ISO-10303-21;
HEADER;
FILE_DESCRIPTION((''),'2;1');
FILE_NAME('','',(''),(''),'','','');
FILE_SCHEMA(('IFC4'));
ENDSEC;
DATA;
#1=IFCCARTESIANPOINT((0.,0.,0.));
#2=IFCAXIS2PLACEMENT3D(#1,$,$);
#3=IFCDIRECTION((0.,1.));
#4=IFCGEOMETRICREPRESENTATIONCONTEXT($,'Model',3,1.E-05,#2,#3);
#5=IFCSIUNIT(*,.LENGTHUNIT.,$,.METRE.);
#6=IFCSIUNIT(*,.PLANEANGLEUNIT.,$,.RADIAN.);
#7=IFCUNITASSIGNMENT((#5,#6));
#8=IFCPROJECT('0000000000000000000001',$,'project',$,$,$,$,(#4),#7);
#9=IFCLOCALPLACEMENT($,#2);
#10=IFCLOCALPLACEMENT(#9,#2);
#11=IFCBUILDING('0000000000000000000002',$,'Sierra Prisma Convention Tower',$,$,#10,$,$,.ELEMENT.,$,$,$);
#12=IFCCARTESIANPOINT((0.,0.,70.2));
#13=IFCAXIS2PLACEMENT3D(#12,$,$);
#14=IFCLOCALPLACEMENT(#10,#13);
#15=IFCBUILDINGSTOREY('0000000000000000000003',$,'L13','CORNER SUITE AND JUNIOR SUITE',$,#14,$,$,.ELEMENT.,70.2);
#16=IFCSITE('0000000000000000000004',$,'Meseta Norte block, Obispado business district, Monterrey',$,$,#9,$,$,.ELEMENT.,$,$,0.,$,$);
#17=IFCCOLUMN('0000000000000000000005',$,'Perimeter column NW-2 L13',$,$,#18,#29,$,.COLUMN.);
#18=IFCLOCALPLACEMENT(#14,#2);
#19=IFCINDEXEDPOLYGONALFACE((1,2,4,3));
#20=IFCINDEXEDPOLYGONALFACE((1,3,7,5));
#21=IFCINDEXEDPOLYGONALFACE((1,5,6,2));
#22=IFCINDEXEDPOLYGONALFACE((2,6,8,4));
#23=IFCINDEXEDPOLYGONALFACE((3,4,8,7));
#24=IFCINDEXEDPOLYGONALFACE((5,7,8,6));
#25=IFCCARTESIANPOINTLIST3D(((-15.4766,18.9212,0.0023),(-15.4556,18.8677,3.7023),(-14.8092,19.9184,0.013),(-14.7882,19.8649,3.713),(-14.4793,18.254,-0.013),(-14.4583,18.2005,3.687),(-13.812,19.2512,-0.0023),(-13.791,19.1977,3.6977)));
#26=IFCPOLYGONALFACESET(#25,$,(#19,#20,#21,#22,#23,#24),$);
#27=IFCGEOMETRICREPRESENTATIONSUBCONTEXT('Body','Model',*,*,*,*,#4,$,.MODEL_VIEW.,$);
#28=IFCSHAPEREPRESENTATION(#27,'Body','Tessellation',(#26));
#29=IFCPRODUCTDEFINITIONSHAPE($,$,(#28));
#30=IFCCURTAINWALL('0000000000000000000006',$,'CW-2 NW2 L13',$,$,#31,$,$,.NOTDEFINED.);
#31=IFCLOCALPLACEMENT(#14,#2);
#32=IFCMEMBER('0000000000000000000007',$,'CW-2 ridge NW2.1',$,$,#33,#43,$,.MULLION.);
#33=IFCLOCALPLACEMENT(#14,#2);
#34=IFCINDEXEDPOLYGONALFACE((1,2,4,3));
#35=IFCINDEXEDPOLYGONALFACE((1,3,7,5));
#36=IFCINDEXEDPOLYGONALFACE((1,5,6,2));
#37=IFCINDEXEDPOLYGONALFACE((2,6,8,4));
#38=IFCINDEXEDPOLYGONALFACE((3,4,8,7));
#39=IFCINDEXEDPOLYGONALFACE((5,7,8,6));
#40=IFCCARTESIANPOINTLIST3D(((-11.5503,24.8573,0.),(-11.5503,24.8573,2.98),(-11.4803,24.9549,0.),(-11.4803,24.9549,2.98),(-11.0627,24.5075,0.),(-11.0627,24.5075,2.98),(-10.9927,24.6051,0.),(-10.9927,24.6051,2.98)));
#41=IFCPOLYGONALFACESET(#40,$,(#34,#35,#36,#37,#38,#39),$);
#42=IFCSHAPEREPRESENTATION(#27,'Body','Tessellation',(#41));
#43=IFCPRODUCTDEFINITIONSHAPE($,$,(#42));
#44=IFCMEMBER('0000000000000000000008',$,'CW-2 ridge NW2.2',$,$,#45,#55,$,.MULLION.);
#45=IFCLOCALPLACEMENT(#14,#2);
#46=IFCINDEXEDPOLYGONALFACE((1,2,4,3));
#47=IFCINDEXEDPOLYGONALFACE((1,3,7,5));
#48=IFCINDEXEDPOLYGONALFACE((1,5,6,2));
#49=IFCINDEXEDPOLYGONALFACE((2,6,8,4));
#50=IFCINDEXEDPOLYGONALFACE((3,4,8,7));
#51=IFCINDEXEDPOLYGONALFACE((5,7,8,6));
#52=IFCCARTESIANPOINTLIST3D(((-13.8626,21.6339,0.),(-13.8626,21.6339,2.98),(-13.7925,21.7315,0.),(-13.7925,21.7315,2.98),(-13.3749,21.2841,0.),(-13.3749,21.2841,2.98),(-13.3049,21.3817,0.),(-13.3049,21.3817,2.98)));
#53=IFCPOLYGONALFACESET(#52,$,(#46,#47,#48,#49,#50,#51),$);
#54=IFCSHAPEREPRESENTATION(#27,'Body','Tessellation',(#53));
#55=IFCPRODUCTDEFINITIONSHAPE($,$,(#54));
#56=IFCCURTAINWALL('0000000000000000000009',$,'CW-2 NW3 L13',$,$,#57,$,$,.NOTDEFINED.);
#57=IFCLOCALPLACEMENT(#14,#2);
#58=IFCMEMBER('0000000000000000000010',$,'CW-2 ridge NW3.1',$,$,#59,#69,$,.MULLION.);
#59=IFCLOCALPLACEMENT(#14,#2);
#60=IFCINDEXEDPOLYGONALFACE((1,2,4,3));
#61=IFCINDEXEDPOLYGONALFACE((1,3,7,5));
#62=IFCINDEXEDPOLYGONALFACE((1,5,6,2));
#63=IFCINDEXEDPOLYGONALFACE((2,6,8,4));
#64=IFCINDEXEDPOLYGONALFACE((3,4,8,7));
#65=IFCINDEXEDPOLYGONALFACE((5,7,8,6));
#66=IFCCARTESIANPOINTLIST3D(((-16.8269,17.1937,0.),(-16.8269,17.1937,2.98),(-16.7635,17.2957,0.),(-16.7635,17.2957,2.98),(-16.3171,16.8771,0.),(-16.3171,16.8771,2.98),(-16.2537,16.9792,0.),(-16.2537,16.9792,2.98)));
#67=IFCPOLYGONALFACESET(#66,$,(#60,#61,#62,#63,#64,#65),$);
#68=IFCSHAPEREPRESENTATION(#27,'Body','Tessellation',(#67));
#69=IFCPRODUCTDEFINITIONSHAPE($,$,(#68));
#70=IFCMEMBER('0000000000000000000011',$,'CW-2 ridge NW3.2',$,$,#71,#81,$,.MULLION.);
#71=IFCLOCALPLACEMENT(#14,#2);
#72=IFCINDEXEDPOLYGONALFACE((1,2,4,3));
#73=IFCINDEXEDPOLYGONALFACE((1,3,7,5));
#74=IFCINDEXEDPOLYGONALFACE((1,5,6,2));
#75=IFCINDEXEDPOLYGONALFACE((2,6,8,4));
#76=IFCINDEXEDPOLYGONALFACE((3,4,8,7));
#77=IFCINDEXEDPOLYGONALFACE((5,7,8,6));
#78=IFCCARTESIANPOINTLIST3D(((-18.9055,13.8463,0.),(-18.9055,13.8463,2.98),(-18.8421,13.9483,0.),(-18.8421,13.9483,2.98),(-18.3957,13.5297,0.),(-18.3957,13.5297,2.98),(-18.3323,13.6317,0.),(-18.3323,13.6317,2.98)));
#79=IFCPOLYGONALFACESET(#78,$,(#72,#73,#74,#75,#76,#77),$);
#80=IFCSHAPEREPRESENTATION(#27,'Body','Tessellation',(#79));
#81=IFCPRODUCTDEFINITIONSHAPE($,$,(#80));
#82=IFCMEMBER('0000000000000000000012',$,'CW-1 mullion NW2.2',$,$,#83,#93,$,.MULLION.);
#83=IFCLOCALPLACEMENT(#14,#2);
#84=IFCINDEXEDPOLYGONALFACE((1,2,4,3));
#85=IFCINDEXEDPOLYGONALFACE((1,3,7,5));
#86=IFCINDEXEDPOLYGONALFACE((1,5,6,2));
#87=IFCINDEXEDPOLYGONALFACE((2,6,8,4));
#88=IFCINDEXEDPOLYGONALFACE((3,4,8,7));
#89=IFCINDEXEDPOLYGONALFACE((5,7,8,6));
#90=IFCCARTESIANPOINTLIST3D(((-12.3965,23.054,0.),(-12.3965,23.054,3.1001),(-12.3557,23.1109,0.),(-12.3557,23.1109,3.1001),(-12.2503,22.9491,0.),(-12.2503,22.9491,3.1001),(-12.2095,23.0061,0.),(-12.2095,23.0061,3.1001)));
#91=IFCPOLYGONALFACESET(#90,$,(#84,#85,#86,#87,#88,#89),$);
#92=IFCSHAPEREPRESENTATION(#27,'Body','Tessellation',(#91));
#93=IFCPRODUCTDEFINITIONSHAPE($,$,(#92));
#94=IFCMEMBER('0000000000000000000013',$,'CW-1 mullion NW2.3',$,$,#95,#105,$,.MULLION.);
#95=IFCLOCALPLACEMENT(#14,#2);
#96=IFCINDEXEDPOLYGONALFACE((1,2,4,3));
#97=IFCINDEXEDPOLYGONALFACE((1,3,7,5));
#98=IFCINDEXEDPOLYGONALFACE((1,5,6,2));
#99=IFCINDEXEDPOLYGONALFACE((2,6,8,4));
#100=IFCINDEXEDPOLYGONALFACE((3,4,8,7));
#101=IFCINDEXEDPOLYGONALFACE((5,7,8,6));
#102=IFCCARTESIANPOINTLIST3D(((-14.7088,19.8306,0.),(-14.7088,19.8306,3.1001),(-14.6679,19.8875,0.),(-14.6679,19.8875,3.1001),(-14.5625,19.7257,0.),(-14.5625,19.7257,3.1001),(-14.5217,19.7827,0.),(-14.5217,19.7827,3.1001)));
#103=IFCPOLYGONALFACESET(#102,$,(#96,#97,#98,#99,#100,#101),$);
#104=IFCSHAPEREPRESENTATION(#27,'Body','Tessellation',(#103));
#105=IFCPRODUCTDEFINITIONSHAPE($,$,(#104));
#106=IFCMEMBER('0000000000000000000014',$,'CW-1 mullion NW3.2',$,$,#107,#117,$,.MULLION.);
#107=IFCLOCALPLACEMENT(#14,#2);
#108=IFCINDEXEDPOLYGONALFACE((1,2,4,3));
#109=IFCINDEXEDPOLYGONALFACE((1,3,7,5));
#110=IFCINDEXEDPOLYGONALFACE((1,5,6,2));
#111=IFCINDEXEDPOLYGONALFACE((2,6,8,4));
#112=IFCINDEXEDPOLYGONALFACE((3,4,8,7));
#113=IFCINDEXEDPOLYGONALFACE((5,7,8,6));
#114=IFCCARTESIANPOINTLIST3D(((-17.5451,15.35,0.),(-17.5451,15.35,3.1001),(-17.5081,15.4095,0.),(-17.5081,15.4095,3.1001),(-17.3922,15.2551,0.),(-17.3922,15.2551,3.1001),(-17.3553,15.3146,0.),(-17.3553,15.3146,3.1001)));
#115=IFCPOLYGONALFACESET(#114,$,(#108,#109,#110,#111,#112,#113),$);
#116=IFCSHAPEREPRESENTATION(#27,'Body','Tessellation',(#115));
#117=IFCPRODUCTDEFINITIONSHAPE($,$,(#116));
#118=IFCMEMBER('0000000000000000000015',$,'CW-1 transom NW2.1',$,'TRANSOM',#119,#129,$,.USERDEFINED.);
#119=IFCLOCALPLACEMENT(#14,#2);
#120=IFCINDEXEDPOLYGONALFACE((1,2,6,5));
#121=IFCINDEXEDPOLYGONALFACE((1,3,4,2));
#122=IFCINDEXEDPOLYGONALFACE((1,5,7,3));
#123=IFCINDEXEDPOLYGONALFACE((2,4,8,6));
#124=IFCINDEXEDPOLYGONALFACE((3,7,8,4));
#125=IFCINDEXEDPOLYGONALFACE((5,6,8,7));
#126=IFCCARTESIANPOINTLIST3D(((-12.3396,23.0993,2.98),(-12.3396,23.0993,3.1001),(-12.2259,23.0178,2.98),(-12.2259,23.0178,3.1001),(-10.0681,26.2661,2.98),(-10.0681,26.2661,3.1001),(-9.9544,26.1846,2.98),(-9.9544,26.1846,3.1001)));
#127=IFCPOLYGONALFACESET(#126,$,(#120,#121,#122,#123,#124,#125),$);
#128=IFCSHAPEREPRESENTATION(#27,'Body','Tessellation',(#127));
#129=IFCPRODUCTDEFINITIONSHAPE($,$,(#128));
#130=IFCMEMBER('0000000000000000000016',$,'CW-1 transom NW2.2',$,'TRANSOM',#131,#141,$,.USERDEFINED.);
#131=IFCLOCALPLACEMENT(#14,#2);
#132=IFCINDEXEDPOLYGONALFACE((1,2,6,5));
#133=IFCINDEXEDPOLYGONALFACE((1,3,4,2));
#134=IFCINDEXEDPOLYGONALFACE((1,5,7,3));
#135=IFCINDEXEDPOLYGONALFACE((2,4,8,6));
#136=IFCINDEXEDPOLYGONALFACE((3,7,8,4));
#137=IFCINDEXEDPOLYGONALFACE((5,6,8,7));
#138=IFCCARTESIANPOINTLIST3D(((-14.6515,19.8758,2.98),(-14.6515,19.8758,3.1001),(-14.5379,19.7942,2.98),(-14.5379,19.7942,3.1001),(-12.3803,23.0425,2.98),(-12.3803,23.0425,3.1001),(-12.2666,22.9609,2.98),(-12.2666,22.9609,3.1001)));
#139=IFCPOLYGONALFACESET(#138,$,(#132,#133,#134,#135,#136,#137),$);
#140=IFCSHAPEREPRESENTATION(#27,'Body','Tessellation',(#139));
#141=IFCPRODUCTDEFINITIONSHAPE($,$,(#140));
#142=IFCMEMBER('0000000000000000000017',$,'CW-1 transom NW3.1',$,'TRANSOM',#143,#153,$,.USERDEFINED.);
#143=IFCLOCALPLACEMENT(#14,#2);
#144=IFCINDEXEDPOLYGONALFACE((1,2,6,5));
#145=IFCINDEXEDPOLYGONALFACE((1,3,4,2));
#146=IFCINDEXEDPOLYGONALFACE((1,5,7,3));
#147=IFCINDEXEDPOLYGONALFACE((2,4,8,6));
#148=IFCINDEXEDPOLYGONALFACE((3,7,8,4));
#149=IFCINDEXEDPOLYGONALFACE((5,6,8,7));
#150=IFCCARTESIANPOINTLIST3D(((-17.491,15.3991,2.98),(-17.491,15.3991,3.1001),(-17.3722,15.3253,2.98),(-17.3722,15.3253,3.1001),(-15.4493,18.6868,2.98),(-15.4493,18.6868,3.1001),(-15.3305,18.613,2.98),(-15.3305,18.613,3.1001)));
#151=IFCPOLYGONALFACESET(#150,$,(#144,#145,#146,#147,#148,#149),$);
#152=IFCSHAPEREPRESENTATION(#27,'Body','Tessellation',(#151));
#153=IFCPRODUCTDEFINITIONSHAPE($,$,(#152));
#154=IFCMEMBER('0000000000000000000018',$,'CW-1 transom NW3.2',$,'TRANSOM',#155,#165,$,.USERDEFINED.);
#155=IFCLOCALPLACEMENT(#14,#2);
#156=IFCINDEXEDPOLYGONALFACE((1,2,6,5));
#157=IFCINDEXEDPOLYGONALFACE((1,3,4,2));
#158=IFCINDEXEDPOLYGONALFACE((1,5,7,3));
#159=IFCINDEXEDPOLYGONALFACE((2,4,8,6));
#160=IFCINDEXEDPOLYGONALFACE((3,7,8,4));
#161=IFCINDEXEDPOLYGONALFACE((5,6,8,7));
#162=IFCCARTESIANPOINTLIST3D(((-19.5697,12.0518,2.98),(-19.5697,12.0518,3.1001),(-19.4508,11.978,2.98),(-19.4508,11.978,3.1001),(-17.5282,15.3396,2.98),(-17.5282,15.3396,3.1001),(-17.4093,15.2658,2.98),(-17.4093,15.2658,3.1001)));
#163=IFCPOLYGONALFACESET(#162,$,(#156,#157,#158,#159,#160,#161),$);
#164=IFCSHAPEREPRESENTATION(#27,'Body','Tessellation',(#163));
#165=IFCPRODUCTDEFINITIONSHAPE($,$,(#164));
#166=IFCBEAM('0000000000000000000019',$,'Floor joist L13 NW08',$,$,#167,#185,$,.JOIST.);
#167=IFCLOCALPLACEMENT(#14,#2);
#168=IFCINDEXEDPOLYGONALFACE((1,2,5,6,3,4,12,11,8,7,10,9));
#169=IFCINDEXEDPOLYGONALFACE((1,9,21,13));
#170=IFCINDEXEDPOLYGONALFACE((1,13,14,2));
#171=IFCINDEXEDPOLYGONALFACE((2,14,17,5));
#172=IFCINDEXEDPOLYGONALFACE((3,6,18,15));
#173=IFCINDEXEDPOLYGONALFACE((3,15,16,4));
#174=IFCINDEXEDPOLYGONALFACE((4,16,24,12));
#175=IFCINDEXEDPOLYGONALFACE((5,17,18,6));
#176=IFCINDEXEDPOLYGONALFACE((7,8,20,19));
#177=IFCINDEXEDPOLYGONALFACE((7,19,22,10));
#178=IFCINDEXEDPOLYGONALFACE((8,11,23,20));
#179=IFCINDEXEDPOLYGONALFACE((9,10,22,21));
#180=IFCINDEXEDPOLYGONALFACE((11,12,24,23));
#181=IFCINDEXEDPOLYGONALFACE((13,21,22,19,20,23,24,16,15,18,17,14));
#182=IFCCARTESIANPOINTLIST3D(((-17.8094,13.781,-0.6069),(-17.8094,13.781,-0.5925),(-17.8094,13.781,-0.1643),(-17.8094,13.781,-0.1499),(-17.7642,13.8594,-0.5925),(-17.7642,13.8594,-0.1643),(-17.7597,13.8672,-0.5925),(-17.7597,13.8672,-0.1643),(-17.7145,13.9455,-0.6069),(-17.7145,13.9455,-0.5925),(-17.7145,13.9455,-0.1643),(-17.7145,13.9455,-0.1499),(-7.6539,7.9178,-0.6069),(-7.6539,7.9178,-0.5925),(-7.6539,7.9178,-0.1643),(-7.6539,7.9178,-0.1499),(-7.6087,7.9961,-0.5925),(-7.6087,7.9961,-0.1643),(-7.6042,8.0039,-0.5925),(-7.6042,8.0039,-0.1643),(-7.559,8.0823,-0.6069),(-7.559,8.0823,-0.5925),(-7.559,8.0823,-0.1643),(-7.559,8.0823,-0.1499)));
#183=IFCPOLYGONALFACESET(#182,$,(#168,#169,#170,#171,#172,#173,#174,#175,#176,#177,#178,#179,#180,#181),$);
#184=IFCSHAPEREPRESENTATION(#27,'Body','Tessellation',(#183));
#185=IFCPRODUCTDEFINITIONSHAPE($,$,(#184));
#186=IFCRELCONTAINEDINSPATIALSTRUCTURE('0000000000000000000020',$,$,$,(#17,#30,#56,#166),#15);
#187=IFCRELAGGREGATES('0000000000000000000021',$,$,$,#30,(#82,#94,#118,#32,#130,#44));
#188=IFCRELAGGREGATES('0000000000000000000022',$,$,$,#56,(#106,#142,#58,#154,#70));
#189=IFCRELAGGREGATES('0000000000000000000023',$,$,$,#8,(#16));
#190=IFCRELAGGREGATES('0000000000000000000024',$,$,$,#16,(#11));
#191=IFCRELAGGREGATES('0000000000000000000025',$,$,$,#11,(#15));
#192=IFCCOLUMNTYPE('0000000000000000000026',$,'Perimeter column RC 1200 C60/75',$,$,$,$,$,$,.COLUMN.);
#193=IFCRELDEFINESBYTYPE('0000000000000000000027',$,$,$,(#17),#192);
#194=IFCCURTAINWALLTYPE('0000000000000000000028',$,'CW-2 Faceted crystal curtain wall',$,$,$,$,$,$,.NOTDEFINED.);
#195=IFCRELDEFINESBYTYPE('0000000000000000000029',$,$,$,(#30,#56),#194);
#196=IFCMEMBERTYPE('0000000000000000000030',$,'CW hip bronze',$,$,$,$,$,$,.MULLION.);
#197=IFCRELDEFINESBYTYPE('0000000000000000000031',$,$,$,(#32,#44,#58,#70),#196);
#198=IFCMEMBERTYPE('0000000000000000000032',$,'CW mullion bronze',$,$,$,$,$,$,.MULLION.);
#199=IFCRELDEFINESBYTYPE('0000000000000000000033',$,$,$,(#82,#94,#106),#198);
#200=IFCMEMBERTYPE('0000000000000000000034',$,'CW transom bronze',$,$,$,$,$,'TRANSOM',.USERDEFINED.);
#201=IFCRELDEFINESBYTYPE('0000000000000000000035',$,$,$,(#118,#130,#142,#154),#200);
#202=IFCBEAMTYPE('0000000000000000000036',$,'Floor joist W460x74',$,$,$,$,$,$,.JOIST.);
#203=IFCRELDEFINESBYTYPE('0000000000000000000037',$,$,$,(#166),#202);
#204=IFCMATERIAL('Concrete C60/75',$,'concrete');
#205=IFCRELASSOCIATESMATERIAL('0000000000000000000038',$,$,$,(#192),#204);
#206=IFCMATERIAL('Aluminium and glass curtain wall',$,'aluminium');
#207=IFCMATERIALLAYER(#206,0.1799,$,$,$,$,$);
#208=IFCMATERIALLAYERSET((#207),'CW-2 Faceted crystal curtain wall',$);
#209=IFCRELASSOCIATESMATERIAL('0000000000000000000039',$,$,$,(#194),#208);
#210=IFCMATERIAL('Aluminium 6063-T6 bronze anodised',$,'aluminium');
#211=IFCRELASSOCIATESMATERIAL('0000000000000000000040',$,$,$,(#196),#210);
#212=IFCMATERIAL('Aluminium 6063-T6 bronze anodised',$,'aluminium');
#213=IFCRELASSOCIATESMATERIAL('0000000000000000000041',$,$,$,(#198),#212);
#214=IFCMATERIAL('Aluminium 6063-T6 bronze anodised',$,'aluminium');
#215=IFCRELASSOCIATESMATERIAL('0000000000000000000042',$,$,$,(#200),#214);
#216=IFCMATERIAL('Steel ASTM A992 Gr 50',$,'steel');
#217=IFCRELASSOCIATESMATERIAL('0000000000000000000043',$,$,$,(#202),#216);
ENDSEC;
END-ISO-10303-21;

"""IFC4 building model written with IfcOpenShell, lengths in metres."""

from ifc_helpers import new_model, si_unit, direction, frame, origin, origin_2d, place, context, subcontext, project, spatial, rectangle, i_section, extrude, material, layer, layer_set, material_profile, profile_set, type_object, element, aggregate, save


model = new_model("IFC4")

# Units and contexts
model_context = context("Model", 3, precision=1e-05, world=origin(), true_north=direction((0.0, 1.0)))
body_context = subcontext(model_context, "Body", "Model", "MODEL_VIEW")
ifc_project = project(units=[si_unit("LENGTHUNIT", "METRE"), si_unit("PLANEANGLEUNIT", "RADIAN")], contexts=[model_context])

# Site, building, storey
site_placement = place(None, origin())
site = spatial("IfcSite", under=ifc_project, at=site_placement, Name="Meseta Norte block, Obispado business district, Monterrey", CompositionType="ELEMENT", RefElevation=0.0)
building_placement = place(site_placement, origin())
building = spatial("IfcBuilding", under=site, at=building_placement, Name="Sierra Prisma Convention Tower", CompositionType="ELEMENT")
storey_placement = place(building_placement, frame((0.0, 0.0, 70.2)))
storey = spatial("IfcBuildingStorey", under=building, at=storey_placement, Name="L13", Description="CORNER SUITE AND JUNIOR SUITE", CompositionType="ELEMENT", Elevation=70.2)

# Column
ifc_material_1 = material(Name="Concrete C60/75", Category="concrete")
ifc_material_profile_1 = material_profile(ifc_material_1, rectangle(XDim=1.2, YDim=1.2, at=origin_2d()), Name="Perimeter column RC 1200 C60/75")
ifc_profile_set_1 = profile_set([ifc_material_profile_1], Name="Concrete C60/75")
column_type = type_object("IfcColumnType", Name="Perimeter column RC 1200 C60/75", PredefinedType="COLUMN", material=ifc_profile_set_1)
column_placement = place(storey_placement, frame((-14.6443, 19.0862, 0.0), z_axis=(0.005674, -0.014449, 0.99988), x_axis=(0.556136, 0.831044, 0.008853)))
element("IfcColumn", 1, at=column_placement, inside=storey, type_object=column_type, Name="Perimeter column NW-2 L13", PredefinedType="COLUMN", context=body_context, shape_type="SweptSolid", body=[
    extrude(rectangle(XDim=1.2, YDim=1.2, at=origin_2d()), origin(), (0.0, 0.0, 1.0), 3.7004),
])

# Curtain walls, members
ifc_material_2 = material(Name="Aluminium and glass curtain wall", Category="aluminium")
ifc_layer_1 = layer(ifc_material_2, 0.1799)
ifc_layer_set_1 = layer_set([ifc_layer_1], Name="CW-2 Faceted crystal curtain wall")
curtain_wall_type = type_object("IfcCurtainWallType", Name="CW-2 Faceted crystal curtain wall", PredefinedType="NOTDEFINED", material=ifc_layer_set_1)
curtain_wall_1_placement = place(storey_placement, origin())
curtain_wall_1 = element("IfcCurtainWall", 2, at=curtain_wall_1_placement, inside=storey, type_object=curtain_wall_type, Name="CW-2 NW2 L13", PredefinedType="NOTDEFINED")
ifc_material_3 = material(Name="Aluminium 6063-T6 bronze anodised", Category="aluminium")
ifc_material_profile_2 = material_profile(ifc_material_3, rectangle(XDim=0.1201, YDim=0.6001, at=origin_2d()), Name="ALU RIDGE BLADE 120x600")
ifc_profile_set_2 = profile_set([ifc_material_profile_2], Name="Aluminium 6063-T6 bronze anodised")
member_type_1 = type_object("IfcMemberType", Name="CW hip bronze", PredefinedType="MULLION", material=ifc_profile_set_2)
member_1_placement = place(storey_placement, frame((-11.2715, 24.7312, 0.0), z_axis=(0.0, 0.0, 1.0), x_axis=(-0.582851, -0.812579, 0.0)))
member_1 = element("IfcMember", 3, at=member_1_placement, type_object=member_type_1, Name="CW-2 ridge NW2.1", PredefinedType="MULLION", context=body_context, shape_type="SweptSolid", body=[
    extrude(rectangle(XDim=0.1201, YDim=0.6001, at=origin_2d()), origin(), (0.0, 0.0, 1.0), 2.98),
])
member_2_placement = place(storey_placement, frame((-13.5837, 21.5078, 0.0), z_axis=(0.0, 0.0, 1.0), x_axis=(-0.582851, -0.812579, 0.0)))
member_2 = element("IfcMember", 4, at=member_2_placement, type_object=member_type_1, Name="CW-2 ridge NW2.2", PredefinedType="MULLION", context=body_context, shape_type="SweptSolid", body=[
    extrude(rectangle(XDim=0.1201, YDim=0.6001, at=origin_2d()), origin(), (0.0, 0.0, 1.0), 2.98),
])
curtain_wall_2_placement = place(storey_placement, origin())
curtain_wall_2 = element("IfcCurtainWall", 5, at=curtain_wall_2_placement, inside=storey, type_object=curtain_wall_type, Name="CW-2 NW3 L13", PredefinedType="NOTDEFINED")
member_3_placement = place(storey_placement, frame((-16.5403, 17.0864, 0.0), z_axis=(0.0, 0.0, 1.0), x_axis=(-0.527544, -0.849528, 0.0)))
member_3 = element("IfcMember", 6, at=member_3_placement, type_object=member_type_1, Name="CW-2 ridge NW3.1", PredefinedType="MULLION", context=body_context, shape_type="SweptSolid", body=[
    extrude(rectangle(XDim=0.1201, YDim=0.6001, at=origin_2d()), origin(), (0.0, 0.0, 1.0), 2.98),
])
member_4_placement = place(storey_placement, frame((-18.6189, 13.739, 0.0), z_axis=(0.0, 0.0, 1.0), x_axis=(-0.527544, -0.849528, 0.0)))
member_4 = element("IfcMember", 7, at=member_4_placement, type_object=member_type_1, Name="CW-2 ridge NW3.2", PredefinedType="MULLION", context=body_context, shape_type="SweptSolid", body=[
    extrude(rectangle(XDim=0.1201, YDim=0.6001, at=origin_2d()), origin(), (0.0, 0.0, 1.0), 2.98),
])

# Members
ifc_material_4 = material(Name="Aluminium 6063-T6 bronze anodised", Category="aluminium")
ifc_material_profile_3 = material_profile(ifc_material_4, rectangle(XDim=0.1799, YDim=0.0701, at=origin_2d()), Name="ALU MULLION 70x180")
ifc_profile_set_3 = profile_set([ifc_material_profile_3], Name="Aluminium 6063-T6 bronze anodised")
member_type_2 = type_object("IfcMemberType", Name="CW mullion bronze", PredefinedType="MULLION", material=ifc_profile_set_3)
member_5_placement = place(storey_placement, frame((-12.303, 23.03, 0.0), z_axis=(0.0, 0.0, 1.0), x_axis=(0.812579, -0.582851, 0.0)))
member_5 = element("IfcMember", 8, at=member_5_placement, type_object=member_type_2, Name="CW-1 mullion NW2.2", PredefinedType="MULLION", context=body_context, shape_type="SweptSolid", body=[
    extrude(rectangle(XDim=0.1799, YDim=0.0701, at=origin_2d()), origin(), (0.0, 0.0, 1.0), 3.1001),
])
member_6_placement = place(storey_placement, frame((-14.6152, 19.8066, 0.0), z_axis=(0.0, 0.0, 1.0), x_axis=(0.812579, -0.582851, 0.0)))
member_6 = element("IfcMember", 9, at=member_6_placement, type_object=member_type_2, Name="CW-1 mullion NW2.3", PredefinedType="MULLION", context=body_context, shape_type="SweptSolid", body=[
    extrude(rectangle(XDim=0.1799, YDim=0.0701, at=origin_2d()), origin(), (0.0, 0.0, 1.0), 3.1001),
])
member_7_placement = place(storey_placement, frame((-17.4502, 15.3323, 0.0), z_axis=(0.0, 0.0, 1.0), x_axis=(0.849528, -0.527544, 0.0)))
member_7 = element("IfcMember", 10, at=member_7_placement, type_object=member_type_2, Name="CW-1 mullion NW3.2", PredefinedType="MULLION", context=body_context, shape_type="SweptSolid", body=[
    extrude(rectangle(XDim=0.1799, YDim=0.0701, at=origin_2d()), origin(), (0.0, 0.0, 1.0), 3.1001),
])
ifc_material_5 = material(Name="Aluminium 6063-T6 bronze anodised", Category="aluminium")
ifc_material_profile_4 = material_profile(ifc_material_5, rectangle(XDim=0.1399, YDim=0.1201, at=origin_2d()), Name="ALU TRANSOM 120x140")
ifc_profile_set_4 = profile_set([ifc_material_profile_4], Name="Aluminium 6063-T6 bronze anodised")
member_type_3 = type_object("IfcMemberType", Name="CW transom bronze", ElementType="TRANSOM", PredefinedType="USERDEFINED", material=ifc_profile_set_4)
member_8_placement = place(storey_placement, frame((-10.0112, 26.2253, 3.04), z_axis=(-0.582855, -0.812576, 0.0), x_axis=(0.812576, -0.582855, 0.0)))
member_8 = element("IfcMember", 11, at=member_8_placement, type_object=member_type_3, Name="CW-1 transom NW2.1", ObjectType="TRANSOM", PredefinedType="USERDEFINED", context=body_context, shape_type="SweptSolid", body=[
    extrude(rectangle(XDim=0.1399, YDim=0.1201, at=origin_2d()), origin(), (0.0, 0.0, 1.0), 3.8972),
])
member_9_placement = place(storey_placement, frame((-12.3235, 23.0017, 3.04), z_axis=(-0.582813, -0.812606, 0.0), x_axis=(0.812606, -0.582813, 0.0)))
member_9 = element("IfcMember", 12, at=member_9_placement, type_object=member_type_3, Name="CW-1 transom NW2.2", ObjectType="TRANSOM", PredefinedType="USERDEFINED", context=body_context, shape_type="SweptSolid", body=[
    extrude(rectangle(XDim=0.1399, YDim=0.1201, at=origin_2d()), origin(), (0.0, 0.0, 1.0), 3.897),
])
member_10_placement = place(storey_placement, frame((-15.3899, 18.6499, 3.04), z_axis=(-0.527553, -0.849522, 0.0), x_axis=(0.849522, -0.527553, 0.0)))
member_10 = element("IfcMember", 13, at=member_10_placement, type_object=member_type_3, Name="CW-1 transom NW3.1", ObjectType="TRANSOM", PredefinedType="USERDEFINED", context=body_context, shape_type="SweptSolid", body=[
    extrude(rectangle(XDim=0.1399, YDim=0.1201, at=origin_2d()), origin(), (0.0, 0.0, 1.0), 3.8701),
])
member_11_placement = place(storey_placement, frame((-17.4688, 15.3027, 3.04), z_axis=(-0.527507, -0.84955, 0.0), x_axis=(0.84955, -0.527507, 0.0)))
member_11 = element("IfcMember", 14, at=member_11_placement, type_object=member_type_3, Name="CW-1 transom NW3.2", ObjectType="TRANSOM", PredefinedType="USERDEFINED", context=body_context, shape_type="SweptSolid", body=[
    extrude(rectangle(XDim=0.1399, YDim=0.1201, at=origin_2d()), origin(), (0.0, 0.0, 1.0), 3.8701),
])

# Beam
ifc_material_6 = material(Name="Steel ASTM A992 Gr 50", Category="steel")
ifc_material_profile_5 = material_profile(ifc_material_6, i_section(OverallWidth=0.1899, OverallDepth=0.457, WebThickness=0.009, FlangeThickness=0.0144, at=origin_2d()), Name="W460x74")
ifc_profile_set_5 = profile_set([ifc_material_profile_5], Name="Steel ASTM A992 Gr 50")
beam_type_1 = type_object("IfcBeamType", Name="Floor joist W460x74", PredefinedType="JOIST", material=ifc_profile_set_5)
beam_1_placement = place(storey_placement, frame((-17.762, 13.8633, -0.3784), z_axis=(0.866026, -0.499999, 0.0), x_axis=(0.499999, 0.866026, 0.0)))
element("IfcBeam", 15, at=beam_1_placement, inside=storey, type_object=beam_type_1, Name="Floor joist L13 NW08", PredefinedType="JOIST", context=body_context, shape_type="SweptSolid", body=[
    extrude(i_section(OverallWidth=0.1899, OverallDepth=0.457, WebThickness=0.009, FlangeThickness=0.0144, at=origin_2d()), origin(), (0.0, 0.0, 1.0), 11.7266),
])

aggregate(curtain_wall_1, [member_5, member_6, member_8, member_1, member_9, member_2])
aggregate(curtain_wall_2, [member_7, member_10, member_3, member_11, member_4])

save(model, "model.ifc")
